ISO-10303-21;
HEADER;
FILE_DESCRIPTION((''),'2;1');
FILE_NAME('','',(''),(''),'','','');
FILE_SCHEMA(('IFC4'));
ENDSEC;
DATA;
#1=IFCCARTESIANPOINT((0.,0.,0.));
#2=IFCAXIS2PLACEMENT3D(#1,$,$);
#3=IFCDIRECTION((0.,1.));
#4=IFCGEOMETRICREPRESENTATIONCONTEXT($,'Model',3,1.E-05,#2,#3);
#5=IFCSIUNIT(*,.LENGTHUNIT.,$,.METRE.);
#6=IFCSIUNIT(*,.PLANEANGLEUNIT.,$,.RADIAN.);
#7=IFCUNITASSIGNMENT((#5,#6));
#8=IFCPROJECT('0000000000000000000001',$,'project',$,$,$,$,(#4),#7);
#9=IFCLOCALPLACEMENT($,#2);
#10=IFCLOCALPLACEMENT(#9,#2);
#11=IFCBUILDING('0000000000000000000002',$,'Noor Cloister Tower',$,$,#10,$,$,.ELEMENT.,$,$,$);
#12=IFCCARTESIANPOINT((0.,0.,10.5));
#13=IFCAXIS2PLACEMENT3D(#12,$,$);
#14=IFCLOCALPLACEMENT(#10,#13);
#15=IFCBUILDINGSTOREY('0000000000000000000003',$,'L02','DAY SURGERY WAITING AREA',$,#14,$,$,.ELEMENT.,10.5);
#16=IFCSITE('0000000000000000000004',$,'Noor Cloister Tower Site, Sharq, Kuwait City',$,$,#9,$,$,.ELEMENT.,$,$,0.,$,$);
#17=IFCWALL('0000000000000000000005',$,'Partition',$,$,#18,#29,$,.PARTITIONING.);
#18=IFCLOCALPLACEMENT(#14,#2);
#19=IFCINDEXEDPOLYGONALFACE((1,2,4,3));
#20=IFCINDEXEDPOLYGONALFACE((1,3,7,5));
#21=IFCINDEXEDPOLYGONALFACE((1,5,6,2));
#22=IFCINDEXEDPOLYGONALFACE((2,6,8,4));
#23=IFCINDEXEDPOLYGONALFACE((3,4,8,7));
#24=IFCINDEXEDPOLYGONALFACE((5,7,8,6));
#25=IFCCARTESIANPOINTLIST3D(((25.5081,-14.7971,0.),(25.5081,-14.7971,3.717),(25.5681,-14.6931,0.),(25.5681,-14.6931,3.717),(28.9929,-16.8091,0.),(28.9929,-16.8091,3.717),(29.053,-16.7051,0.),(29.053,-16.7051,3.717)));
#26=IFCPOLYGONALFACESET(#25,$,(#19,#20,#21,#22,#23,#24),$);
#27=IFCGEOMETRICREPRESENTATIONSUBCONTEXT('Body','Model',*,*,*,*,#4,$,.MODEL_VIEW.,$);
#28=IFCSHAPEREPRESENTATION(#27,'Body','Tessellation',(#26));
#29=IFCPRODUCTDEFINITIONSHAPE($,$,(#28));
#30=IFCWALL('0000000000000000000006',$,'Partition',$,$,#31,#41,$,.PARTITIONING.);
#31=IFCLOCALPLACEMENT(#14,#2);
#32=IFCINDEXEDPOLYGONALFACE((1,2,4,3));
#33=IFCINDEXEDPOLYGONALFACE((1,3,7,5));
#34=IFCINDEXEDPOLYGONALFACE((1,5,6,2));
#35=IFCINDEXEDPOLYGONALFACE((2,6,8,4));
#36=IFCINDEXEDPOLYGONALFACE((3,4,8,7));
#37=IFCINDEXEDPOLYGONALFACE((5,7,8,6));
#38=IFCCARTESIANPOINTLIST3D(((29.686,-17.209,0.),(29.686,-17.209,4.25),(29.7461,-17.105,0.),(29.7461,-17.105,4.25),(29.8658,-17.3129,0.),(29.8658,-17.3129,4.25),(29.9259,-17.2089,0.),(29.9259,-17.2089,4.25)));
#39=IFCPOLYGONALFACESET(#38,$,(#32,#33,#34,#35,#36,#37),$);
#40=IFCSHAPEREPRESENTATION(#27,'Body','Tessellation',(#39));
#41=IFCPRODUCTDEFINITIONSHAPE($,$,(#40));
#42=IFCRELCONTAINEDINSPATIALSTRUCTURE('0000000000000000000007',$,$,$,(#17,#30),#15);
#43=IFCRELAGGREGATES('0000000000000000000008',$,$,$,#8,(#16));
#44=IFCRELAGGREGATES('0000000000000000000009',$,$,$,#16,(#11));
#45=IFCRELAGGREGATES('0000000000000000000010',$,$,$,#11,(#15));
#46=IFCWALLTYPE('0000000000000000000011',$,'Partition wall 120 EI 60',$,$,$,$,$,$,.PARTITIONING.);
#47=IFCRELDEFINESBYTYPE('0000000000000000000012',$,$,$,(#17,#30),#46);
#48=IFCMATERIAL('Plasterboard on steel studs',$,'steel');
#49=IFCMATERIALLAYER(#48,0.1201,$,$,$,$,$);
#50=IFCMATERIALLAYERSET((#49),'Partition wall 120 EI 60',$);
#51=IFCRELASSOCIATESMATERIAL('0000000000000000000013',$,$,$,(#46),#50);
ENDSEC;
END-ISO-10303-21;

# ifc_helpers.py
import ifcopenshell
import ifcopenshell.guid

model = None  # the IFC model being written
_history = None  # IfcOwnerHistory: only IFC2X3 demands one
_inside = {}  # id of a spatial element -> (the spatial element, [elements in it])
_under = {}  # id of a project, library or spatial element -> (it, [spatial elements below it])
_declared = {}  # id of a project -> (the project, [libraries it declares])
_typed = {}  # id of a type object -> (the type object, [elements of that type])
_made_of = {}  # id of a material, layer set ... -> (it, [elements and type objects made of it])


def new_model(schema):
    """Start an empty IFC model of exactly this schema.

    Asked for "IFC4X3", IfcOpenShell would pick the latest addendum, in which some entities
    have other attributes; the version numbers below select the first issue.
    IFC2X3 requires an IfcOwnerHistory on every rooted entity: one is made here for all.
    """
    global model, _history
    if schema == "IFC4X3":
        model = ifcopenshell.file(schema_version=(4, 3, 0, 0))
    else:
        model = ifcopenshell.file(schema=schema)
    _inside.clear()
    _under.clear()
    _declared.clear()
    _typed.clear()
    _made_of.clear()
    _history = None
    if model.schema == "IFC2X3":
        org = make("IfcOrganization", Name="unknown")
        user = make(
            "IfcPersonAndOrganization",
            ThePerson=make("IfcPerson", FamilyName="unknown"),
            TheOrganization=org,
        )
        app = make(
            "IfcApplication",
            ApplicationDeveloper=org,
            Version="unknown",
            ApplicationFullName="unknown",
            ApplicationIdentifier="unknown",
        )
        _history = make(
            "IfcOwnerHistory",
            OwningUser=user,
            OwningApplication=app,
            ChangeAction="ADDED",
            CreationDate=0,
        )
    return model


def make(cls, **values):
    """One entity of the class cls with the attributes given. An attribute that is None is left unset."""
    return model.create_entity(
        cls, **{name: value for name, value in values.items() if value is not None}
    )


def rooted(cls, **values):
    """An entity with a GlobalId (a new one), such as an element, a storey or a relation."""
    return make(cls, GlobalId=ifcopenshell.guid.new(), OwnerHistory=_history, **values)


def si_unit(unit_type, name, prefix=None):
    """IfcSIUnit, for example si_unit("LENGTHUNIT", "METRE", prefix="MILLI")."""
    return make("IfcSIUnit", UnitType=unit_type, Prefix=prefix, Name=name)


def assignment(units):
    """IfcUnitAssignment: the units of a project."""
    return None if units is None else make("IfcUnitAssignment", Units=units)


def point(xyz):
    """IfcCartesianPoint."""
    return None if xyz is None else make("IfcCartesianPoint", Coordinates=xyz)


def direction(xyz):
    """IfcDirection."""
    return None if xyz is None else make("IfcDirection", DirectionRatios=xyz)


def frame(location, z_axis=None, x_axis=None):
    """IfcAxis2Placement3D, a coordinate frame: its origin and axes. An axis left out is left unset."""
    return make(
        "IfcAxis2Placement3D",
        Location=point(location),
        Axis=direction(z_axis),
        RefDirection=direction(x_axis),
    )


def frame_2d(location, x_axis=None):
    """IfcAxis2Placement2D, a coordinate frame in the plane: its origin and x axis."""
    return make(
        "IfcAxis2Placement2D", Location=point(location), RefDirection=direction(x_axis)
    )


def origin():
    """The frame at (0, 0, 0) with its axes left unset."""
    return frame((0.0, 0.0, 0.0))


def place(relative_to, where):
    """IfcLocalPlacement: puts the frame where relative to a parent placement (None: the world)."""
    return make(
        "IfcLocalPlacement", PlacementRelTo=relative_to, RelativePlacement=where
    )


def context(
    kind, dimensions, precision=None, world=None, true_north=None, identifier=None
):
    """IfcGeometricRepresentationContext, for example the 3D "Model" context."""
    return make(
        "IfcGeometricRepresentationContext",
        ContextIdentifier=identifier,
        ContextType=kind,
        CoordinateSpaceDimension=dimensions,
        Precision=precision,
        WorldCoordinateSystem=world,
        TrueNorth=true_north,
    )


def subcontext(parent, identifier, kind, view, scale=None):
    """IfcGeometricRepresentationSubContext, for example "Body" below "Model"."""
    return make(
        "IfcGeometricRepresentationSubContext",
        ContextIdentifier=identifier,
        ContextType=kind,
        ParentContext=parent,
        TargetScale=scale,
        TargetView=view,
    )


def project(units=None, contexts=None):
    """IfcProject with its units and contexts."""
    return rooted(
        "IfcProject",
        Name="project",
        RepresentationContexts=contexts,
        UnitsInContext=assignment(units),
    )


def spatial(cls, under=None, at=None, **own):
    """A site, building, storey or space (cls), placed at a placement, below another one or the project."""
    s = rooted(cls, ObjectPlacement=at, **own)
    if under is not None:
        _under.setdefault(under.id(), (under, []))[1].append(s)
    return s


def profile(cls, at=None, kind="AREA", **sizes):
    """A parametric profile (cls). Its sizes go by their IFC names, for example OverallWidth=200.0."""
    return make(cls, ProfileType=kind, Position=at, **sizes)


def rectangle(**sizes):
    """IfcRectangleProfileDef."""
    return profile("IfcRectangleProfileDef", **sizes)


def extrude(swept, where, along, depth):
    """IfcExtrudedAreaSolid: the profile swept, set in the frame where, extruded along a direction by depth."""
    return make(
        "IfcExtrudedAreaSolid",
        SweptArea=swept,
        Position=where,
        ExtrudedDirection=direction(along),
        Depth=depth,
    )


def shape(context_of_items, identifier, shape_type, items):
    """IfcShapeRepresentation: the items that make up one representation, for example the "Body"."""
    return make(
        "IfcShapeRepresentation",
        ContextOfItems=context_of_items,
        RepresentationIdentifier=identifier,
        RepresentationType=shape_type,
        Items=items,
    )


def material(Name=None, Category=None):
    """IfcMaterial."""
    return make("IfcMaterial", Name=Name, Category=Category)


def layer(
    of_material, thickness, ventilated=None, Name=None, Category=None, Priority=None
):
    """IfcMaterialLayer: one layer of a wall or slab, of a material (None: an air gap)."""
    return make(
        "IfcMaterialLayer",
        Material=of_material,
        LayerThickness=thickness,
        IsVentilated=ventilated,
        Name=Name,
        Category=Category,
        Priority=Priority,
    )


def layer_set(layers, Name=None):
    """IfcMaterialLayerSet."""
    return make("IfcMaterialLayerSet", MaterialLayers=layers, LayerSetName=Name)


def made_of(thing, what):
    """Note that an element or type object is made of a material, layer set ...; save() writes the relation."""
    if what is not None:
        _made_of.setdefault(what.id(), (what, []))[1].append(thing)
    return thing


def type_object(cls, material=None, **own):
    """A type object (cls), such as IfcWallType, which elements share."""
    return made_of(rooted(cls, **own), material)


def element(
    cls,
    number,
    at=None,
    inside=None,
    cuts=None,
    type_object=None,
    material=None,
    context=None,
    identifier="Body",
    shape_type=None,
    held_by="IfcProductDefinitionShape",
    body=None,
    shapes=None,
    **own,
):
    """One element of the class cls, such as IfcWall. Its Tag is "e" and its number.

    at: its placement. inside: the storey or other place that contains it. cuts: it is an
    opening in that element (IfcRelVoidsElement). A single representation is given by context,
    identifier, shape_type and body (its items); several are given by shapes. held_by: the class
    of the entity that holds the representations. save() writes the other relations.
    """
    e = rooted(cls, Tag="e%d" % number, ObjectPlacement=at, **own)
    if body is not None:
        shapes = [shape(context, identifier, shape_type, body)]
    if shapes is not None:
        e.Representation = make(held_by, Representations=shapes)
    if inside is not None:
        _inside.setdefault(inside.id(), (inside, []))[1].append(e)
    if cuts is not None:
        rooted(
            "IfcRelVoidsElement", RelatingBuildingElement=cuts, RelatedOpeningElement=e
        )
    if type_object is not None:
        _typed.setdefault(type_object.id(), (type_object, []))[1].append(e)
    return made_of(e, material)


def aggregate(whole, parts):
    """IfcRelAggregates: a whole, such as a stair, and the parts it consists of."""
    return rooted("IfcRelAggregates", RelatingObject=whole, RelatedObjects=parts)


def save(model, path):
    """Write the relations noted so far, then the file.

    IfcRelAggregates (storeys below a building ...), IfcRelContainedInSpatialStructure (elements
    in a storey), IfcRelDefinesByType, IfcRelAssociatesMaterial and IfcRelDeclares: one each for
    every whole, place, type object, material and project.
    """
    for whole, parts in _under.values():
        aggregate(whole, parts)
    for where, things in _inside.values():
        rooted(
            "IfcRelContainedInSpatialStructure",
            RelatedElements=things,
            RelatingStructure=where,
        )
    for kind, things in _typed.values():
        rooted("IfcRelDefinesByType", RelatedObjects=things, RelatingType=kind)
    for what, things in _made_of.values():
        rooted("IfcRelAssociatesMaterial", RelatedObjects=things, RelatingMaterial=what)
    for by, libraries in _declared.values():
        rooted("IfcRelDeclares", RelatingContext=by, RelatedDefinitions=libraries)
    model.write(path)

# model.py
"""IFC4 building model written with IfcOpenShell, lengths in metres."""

from ifc_helpers import new_model, si_unit, direction, frame, frame_2d, origin, place, context, subcontext, project, spatial, rectangle, extrude, material, layer, layer_set, type_object, element, save


model = new_model("IFC4")

# Units and contexts
model_context = context("Model", 3, precision=1e-05, world=origin(), true_north=direction((0.0, 1.0)))
body_context = subcontext(model_context, "Body", "Model", "MODEL_VIEW")
ifc_project = project(units=[si_unit("LENGTHUNIT", "METRE"), si_unit("PLANEANGLEUNIT", "RADIAN")], contexts=[model_context])

# Site, building, storey
site_placement = place(None, origin())
site = spatial("IfcSite", under=ifc_project, at=site_placement, Name="Noor Cloister Tower Site, Sharq, Kuwait City", CompositionType="ELEMENT", RefElevation=0.0)
building_placement = place(site_placement, origin())
building = spatial("IfcBuilding", under=site, at=building_placement, Name="Noor Cloister Tower", CompositionType="ELEMENT")
storey_placement = place(building_placement, frame((0.0, 0.0, 10.5)))
storey = spatial("IfcBuildingStorey", under=building, at=storey_placement, Name="L02", Description="DAY SURGERY WAITING AREA", CompositionType="ELEMENT", Elevation=10.5)

# Walls
ifc_material_1 = material(Name="Plasterboard on steel studs", Category="steel")
ifc_layer_1 = layer(ifc_material_1, 0.1201)
ifc_layer_set_1 = layer_set([ifc_layer_1], Name="Partition wall 120 EI 60")
wall_type_1 = type_object("IfcWallType", Name="Partition wall 120 EI 60", PredefinedType="PARTITIONING", material=ifc_layer_set_1)
wall_1_placement = place(storey_placement, frame((29.0229, -16.7571, 0.0), z_axis=(0.0, 0.0, 1.0), x_axis=(-0.866028, 0.499996, 0.0)))
element("IfcWall", 1, at=wall_1_placement, inside=storey, type_object=wall_type_1, Name="Partition", PredefinedType="PARTITIONING", context=body_context, shape_type="SweptSolid", body=[
    extrude(rectangle(XDim=4.0239, YDim=0.1201, at=frame_2d((2.012, 0.0))), origin(), (0.0, 0.0, 1.0), 3.717),
])
wall_2_placement = place(storey_placement, frame((29.896, -17.261, 0.0), z_axis=(0.0, 0.0, 1.0), x_axis=(-0.865775, 0.500434, 0.0)))
element("IfcWall", 2, at=wall_2_placement, inside=storey, type_object=wall_type_1, Name="Partition", PredefinedType="PARTITIONING", context=body_context, shape_type="SweptSolid", body=[
    extrude(rectangle(XDim=0.2078, YDim=0.1201, at=frame_2d((0.104, 0.0))), origin(), (0.0, 0.0, 1.0), 4.25),
])

save(model, "model.ifc")
